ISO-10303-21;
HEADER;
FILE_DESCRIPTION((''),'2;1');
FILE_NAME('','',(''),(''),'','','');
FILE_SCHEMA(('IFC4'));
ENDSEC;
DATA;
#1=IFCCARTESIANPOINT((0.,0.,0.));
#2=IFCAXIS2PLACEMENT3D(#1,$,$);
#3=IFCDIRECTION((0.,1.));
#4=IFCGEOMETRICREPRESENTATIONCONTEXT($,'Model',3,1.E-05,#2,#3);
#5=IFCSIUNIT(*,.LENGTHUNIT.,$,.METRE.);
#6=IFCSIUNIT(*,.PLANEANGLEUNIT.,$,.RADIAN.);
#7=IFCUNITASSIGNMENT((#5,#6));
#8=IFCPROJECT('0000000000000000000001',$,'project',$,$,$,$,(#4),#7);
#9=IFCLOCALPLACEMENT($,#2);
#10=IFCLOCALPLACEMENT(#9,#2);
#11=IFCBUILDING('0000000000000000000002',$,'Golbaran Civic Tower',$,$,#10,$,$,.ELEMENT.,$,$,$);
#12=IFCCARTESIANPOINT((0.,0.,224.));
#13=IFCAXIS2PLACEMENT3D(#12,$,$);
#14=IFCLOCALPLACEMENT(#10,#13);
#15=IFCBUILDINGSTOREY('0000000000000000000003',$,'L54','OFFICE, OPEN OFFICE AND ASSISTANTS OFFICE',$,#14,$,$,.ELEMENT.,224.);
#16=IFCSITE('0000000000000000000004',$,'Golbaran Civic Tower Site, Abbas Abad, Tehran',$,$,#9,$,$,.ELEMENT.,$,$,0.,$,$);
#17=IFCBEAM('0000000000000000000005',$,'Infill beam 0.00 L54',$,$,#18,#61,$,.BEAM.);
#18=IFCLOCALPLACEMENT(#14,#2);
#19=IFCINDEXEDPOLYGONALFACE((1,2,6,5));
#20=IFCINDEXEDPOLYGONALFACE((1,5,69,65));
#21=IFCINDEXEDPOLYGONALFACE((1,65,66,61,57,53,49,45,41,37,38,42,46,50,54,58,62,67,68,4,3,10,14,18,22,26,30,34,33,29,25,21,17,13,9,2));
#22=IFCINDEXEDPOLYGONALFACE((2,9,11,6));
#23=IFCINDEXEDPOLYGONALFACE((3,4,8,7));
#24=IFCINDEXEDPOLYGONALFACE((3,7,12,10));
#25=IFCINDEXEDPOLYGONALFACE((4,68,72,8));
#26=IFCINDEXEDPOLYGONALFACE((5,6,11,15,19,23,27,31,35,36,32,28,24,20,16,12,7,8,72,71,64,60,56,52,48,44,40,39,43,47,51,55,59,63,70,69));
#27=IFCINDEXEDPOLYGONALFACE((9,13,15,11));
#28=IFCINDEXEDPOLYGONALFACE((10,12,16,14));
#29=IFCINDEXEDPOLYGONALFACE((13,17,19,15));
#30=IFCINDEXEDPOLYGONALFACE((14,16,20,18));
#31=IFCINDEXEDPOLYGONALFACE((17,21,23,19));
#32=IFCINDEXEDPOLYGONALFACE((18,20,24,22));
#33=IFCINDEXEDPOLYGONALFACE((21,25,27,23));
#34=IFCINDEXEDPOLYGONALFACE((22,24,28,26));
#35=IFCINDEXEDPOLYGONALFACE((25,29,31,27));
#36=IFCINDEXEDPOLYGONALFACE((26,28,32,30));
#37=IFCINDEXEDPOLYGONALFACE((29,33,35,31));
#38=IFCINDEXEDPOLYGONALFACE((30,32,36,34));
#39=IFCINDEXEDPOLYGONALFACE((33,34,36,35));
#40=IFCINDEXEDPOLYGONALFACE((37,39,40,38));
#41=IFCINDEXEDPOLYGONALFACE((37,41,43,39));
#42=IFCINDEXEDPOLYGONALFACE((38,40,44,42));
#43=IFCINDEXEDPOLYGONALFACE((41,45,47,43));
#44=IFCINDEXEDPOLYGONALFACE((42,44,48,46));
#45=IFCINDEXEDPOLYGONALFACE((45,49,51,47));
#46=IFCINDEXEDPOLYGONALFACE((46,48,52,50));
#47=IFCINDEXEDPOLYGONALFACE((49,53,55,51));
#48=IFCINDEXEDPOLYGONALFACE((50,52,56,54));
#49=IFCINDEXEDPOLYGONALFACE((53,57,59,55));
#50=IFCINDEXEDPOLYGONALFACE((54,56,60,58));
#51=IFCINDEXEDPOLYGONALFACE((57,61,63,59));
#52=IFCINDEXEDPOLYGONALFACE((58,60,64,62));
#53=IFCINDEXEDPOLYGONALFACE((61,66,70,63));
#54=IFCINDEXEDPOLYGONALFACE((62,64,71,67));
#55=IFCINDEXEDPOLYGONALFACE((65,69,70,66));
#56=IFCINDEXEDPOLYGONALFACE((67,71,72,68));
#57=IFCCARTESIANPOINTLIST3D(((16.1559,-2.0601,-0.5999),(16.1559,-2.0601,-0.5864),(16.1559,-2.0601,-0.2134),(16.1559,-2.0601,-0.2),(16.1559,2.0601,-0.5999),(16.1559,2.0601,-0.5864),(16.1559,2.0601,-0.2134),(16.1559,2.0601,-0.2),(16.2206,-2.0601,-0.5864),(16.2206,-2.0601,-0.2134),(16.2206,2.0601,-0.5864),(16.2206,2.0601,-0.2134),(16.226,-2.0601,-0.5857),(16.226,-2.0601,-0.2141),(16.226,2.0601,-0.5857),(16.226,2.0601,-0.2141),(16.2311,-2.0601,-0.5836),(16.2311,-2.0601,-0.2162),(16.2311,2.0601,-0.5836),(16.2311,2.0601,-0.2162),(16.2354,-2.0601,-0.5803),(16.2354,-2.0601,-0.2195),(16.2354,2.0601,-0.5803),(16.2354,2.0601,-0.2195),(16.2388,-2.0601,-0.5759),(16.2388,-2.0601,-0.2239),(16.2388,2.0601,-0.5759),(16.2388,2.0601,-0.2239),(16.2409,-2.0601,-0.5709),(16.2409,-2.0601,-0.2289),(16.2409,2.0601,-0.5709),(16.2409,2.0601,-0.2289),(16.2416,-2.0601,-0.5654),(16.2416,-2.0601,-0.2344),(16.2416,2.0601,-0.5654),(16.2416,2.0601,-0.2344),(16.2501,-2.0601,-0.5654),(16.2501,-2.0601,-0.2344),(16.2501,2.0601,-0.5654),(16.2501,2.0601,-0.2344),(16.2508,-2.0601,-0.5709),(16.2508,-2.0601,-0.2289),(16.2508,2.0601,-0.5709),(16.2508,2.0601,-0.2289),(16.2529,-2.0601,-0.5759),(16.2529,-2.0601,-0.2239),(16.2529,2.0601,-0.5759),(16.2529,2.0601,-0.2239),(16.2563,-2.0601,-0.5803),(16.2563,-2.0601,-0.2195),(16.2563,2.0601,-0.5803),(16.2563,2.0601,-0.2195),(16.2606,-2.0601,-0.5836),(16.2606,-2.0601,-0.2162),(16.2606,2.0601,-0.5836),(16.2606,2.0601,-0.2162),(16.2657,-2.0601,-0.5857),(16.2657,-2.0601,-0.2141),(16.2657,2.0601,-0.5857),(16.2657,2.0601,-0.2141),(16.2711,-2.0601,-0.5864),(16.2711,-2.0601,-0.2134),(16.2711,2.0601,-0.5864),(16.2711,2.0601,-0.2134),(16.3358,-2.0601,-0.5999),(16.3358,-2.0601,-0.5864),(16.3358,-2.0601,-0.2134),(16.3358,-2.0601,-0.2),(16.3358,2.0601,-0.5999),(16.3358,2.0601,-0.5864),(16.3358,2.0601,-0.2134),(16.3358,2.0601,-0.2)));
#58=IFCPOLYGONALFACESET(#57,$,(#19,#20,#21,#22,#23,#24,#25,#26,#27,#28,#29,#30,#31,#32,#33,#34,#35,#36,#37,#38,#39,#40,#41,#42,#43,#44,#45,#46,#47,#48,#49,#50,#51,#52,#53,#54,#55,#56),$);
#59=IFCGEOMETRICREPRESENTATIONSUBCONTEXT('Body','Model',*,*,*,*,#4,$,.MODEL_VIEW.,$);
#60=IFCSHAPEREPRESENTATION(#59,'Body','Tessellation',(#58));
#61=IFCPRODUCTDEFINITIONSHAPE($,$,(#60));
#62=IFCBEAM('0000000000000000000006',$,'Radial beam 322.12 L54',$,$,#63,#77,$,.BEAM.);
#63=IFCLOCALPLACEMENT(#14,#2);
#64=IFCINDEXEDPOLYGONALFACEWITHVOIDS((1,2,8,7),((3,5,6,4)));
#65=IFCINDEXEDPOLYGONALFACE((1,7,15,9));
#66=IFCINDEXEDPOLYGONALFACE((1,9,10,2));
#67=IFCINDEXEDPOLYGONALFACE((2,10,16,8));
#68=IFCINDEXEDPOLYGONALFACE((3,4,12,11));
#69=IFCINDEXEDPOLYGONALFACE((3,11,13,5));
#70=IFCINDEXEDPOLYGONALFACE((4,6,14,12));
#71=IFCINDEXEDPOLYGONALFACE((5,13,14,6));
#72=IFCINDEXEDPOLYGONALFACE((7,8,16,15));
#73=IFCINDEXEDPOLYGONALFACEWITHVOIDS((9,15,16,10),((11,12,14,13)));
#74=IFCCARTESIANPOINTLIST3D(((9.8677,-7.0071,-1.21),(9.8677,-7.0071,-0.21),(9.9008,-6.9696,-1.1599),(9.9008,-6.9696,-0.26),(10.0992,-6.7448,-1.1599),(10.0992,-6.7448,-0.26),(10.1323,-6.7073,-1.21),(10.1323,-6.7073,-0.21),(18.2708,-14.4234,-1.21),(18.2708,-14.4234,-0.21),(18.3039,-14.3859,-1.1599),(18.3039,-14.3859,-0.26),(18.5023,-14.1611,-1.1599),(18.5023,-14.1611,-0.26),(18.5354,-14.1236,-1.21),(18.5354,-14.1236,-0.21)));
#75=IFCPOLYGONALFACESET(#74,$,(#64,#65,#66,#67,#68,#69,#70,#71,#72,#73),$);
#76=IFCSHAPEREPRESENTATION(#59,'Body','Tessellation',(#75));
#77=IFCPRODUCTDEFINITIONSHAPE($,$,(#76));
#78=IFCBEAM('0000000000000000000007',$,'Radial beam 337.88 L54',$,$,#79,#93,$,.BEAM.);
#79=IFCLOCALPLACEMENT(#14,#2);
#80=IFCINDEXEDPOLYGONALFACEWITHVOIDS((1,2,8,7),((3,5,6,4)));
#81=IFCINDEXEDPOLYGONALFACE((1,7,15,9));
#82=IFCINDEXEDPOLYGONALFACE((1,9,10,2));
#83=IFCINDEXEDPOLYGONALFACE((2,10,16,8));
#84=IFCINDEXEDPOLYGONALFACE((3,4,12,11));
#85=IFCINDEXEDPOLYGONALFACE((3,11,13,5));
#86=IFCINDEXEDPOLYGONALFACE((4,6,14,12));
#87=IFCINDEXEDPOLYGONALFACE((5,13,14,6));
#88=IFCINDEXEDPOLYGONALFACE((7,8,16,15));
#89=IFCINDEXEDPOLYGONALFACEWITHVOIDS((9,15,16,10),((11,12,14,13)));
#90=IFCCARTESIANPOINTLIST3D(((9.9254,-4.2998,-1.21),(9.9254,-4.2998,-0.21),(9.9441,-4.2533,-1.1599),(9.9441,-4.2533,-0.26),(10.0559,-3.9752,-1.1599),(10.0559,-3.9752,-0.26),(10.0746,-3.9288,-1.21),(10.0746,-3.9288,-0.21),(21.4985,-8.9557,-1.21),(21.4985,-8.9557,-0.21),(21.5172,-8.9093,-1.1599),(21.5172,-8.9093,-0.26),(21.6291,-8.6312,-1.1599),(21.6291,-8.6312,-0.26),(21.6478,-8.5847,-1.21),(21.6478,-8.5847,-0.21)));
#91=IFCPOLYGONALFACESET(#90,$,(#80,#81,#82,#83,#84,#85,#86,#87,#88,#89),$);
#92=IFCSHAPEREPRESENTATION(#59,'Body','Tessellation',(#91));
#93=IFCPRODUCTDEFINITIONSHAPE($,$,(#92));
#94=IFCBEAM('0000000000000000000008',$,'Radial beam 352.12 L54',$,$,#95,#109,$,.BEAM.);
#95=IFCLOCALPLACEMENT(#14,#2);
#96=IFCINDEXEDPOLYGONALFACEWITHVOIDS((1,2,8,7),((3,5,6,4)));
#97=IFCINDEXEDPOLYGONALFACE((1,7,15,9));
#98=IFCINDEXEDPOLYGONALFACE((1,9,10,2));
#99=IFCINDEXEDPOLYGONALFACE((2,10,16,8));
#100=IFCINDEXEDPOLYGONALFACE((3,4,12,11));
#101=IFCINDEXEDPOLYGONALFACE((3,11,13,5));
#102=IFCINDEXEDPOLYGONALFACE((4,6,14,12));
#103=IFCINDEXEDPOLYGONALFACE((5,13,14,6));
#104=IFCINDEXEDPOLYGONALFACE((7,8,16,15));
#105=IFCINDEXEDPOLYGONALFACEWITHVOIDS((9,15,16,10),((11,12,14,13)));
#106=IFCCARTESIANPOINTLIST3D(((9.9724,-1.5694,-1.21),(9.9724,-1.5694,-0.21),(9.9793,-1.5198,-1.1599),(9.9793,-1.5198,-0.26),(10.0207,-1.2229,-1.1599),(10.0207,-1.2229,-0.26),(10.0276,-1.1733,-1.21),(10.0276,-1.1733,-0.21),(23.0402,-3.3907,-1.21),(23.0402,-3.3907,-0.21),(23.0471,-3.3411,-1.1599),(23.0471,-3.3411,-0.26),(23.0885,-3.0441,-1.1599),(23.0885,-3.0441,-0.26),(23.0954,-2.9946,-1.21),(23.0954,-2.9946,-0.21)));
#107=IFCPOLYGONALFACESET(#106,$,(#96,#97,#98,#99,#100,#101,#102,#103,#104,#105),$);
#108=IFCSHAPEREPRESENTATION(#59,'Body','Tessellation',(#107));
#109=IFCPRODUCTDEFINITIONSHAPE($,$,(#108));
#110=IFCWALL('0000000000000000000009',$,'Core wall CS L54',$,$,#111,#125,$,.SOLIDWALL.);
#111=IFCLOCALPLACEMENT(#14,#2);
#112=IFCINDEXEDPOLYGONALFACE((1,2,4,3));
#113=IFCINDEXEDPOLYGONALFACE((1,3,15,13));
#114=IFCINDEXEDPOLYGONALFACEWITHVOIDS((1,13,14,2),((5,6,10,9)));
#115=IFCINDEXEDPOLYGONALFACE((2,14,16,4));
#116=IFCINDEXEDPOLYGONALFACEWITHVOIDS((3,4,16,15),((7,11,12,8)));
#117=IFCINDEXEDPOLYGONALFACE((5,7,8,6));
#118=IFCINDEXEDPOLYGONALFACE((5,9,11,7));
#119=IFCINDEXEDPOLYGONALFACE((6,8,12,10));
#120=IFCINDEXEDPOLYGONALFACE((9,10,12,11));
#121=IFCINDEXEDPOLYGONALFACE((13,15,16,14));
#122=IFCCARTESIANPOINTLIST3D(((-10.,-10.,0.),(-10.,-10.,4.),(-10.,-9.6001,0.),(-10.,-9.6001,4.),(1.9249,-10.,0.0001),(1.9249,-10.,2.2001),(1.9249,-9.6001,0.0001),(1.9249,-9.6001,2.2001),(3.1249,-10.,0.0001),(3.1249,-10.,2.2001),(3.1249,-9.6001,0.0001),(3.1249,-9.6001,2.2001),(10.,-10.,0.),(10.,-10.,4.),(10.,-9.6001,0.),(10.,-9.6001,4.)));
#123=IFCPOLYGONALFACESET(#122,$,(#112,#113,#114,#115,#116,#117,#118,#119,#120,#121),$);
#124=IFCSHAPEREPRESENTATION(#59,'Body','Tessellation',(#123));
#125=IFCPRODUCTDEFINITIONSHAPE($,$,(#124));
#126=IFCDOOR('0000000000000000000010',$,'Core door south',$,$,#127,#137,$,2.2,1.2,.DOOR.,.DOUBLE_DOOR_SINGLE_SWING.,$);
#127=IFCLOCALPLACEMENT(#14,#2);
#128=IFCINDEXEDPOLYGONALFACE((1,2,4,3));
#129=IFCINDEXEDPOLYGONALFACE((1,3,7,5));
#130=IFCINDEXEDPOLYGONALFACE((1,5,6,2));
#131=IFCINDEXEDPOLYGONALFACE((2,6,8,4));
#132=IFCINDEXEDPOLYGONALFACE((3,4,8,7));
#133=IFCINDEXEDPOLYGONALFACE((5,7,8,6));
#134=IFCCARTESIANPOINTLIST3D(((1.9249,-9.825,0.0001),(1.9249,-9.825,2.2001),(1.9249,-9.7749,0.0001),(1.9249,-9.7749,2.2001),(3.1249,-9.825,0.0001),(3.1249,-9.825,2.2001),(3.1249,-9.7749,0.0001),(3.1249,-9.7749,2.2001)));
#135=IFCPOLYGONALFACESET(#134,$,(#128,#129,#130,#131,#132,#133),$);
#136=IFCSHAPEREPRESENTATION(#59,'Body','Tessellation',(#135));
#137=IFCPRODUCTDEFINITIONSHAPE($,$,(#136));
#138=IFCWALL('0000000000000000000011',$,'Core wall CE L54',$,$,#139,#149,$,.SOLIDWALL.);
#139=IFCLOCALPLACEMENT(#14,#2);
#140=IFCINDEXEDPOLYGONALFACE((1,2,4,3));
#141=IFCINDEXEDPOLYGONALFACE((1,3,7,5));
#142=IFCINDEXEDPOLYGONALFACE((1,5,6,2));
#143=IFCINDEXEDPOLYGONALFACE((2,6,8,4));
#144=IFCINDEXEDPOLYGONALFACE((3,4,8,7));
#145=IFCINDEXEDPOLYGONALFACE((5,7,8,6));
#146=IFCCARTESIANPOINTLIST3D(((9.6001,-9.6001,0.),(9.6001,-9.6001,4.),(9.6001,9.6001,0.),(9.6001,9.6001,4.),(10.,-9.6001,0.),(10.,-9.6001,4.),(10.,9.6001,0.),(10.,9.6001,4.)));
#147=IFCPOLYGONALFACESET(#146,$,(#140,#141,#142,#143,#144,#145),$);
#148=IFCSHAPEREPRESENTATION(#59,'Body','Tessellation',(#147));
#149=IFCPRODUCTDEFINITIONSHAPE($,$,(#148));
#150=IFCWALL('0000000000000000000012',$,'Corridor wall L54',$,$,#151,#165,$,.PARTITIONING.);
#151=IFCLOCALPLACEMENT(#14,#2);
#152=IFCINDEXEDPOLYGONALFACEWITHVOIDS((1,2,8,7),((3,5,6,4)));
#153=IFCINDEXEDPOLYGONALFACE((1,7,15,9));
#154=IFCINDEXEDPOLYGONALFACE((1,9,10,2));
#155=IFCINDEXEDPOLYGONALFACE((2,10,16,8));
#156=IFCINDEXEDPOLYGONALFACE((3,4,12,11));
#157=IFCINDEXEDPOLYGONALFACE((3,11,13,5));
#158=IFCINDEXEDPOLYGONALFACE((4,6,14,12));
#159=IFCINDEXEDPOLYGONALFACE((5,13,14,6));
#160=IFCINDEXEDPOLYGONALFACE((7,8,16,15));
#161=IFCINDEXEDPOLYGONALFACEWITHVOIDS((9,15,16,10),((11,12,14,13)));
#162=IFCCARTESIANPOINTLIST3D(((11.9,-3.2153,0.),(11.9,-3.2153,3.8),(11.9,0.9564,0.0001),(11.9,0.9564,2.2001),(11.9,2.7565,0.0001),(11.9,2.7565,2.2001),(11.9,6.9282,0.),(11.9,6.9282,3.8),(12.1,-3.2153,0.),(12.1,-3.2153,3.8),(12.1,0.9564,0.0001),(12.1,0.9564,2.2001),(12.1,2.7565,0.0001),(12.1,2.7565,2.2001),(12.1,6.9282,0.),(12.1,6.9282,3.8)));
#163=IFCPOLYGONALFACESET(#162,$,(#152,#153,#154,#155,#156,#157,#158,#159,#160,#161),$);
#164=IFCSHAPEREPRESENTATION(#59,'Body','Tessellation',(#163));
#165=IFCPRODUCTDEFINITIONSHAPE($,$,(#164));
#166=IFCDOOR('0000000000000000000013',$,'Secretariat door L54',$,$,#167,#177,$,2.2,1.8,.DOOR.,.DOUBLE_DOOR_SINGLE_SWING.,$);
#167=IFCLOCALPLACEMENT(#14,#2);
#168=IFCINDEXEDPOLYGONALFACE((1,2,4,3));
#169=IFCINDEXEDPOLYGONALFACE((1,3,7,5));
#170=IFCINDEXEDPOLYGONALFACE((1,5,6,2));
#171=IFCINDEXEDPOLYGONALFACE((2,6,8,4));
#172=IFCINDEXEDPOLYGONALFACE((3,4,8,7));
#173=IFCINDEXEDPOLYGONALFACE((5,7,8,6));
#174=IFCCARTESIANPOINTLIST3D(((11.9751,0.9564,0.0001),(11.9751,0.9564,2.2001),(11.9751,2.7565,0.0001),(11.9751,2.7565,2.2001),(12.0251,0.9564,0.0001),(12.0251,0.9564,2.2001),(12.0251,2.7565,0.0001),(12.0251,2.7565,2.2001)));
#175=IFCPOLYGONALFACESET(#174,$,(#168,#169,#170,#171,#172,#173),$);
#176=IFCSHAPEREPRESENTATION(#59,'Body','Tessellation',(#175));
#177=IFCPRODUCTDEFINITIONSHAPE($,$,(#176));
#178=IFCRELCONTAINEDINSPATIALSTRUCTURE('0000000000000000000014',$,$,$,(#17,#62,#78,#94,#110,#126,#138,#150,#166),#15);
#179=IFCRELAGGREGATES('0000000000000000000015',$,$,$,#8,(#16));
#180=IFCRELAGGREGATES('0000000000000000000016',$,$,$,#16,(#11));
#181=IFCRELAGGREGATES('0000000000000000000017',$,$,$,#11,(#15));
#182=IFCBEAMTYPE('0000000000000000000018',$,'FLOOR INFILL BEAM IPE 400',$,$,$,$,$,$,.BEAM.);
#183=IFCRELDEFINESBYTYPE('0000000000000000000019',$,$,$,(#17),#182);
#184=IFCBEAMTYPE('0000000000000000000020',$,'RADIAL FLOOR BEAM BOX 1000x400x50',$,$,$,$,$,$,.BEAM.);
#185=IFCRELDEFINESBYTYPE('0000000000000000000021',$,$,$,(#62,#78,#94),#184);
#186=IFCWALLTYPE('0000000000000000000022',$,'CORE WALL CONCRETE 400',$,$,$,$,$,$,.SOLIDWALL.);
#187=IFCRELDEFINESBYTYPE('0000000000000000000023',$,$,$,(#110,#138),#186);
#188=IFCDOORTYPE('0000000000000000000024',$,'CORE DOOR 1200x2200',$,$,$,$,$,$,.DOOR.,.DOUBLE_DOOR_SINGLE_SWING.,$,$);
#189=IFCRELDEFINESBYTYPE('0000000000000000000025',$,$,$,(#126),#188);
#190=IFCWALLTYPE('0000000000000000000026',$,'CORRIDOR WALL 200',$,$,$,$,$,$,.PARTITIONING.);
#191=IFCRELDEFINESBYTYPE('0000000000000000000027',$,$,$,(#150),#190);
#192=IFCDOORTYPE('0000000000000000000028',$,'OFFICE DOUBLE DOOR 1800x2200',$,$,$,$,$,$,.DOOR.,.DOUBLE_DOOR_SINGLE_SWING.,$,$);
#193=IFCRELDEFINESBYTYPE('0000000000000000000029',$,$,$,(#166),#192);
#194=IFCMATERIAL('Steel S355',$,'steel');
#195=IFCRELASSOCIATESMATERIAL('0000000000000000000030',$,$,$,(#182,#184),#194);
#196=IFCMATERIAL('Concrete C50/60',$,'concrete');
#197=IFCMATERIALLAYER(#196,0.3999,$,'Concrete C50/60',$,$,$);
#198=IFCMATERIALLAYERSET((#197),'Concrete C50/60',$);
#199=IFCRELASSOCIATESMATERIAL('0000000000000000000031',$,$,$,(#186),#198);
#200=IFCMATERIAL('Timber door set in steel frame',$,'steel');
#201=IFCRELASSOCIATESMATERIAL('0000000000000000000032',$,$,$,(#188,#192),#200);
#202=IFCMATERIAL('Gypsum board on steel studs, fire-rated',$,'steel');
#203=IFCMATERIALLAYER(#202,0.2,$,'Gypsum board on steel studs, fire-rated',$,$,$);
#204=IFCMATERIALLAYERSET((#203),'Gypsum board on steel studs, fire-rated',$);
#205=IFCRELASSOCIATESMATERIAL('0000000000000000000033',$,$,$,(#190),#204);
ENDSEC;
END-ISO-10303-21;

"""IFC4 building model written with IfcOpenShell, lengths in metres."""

from ifc_helpers import new_model, si_unit, direction, frame, frame_2d, origin, origin_2d, place, context, subcontext, project, spatial, rectangle, hollow_rectangle, i_section, extrude, material, layer, layer_set, material_profile, profile_set, type_object, element, fill, save


model = new_model("IFC4")

# Units and contexts
model_context = context("Model", 3, precision=1e-05, world=origin(), true_north=direction((0.0, 1.0)))
body_context = subcontext(model_context, "Body", "Model", "MODEL_VIEW")
ifc_project = project(units=[si_unit("LENGTHUNIT", "METRE"), si_unit("PLANEANGLEUNIT", "RADIAN")], contexts=[model_context])

# Site, building, storey
site_placement = place(None, origin())
site = spatial("IfcSite", under=ifc_project, at=site_placement, Name="Golbaran Civic Tower Site, Abbas Abad, Tehran", CompositionType="ELEMENT", RefElevation=0.0)
building_placement = place(site_placement, origin())
building = spatial("IfcBuilding", under=site, at=building_placement, Name="Golbaran Civic Tower", CompositionType="ELEMENT")
storey_placement = place(building_placement, frame((0.0, 0.0, 224.0)))
storey = spatial("IfcBuildingStorey", under=building, at=storey_placement, Name="L54", Description="OFFICE, OPEN OFFICE AND ASSISTANTS OFFICE", CompositionType="ELEMENT", Elevation=224.0)

# Beams
ifc_material_1 = material(Name="Steel S355", Category="steel")
ifc_material_profile_1 = material_profile(ifc_material_1, i_section(OverallWidth=0.1799, OverallDepth=0.3999, WebThickness=0.0085, FlangeThickness=0.0134, FilletRadius=0.021, at=origin_2d()), Name="IPE 400")
ifc_profile_set_1 = profile_set([ifc_material_profile_1], Name="Steel S355")
beam_type_1 = type_object("IfcBeamType", Name="FLOOR INFILL BEAM IPE 400", PredefinedType="BEAM", material=ifc_profile_set_1)
beam_1_placement = place(storey_placement, frame((16.2458, -2.0601, -0.3999), z_axis=(0.0, 1.0, 0.0), x_axis=(-1.0, 0.0, 0.0)))
element("IfcBeam", 1, at=beam_1_placement, inside=storey, type_object=beam_type_1, Name="Infill beam 0.00 L54", PredefinedType="BEAM", context=body_context, shape_type="SweptSolid", body=[
    extrude(i_section(OverallWidth=0.1799, OverallDepth=0.3999, WebThickness=0.0085, FlangeThickness=0.0134, FilletRadius=0.021, at=origin_2d()), origin(), (0.0, 0.0, 1.0), 4.1201),
])
ifc_material_profile_2 = material_profile(ifc_material_1, hollow_rectangle(XDim=0.3999, YDim=1.0, WallThickness=0.05, at=origin_2d()), Name="BOX 1000x400x50")
ifc_profile_set_2 = profile_set([ifc_material_profile_2], Name="Steel S355")
beam_type_2 = type_object("IfcBeamType", Name="RADIAL FLOOR BEAM BOX 1000x400x50", PredefinedType="BEAM", material=ifc_profile_set_2)
beam_2_placement = place(storey_placement, frame((10.0, -6.8572, -0.71), z_axis=(0.749759, -0.661711, 0.0), x_axis=(0.661711, 0.749759, 0.0)))
element("IfcBeam", 2, at=beam_2_placement, inside=storey, type_object=beam_type_2, Name="Radial beam 322.12 L54", PredefinedType="BEAM", context=body_context, shape_type="SweptSolid", body=[
    extrude(hollow_rectangle(XDim=0.3999, YDim=1.0, WallThickness=0.05, at=origin_2d()), origin(), (0.0, 0.0, 1.0), 11.2078),
])
beam_3_placement = place(storey_placement, frame((10.0, -4.1143, -0.71), z_axis=(0.927737, -0.373236, 0.0), x_axis=(0.373236, 0.927737, 0.0)))
element("IfcBeam", 3, at=beam_3_placement, inside=storey, type_object=beam_type_2, Name="Radial beam 337.88 L54", PredefinedType="BEAM", context=body_context, shape_type="SweptSolid", body=[
    extrude(hollow_rectangle(XDim=0.3999, YDim=1.0, WallThickness=0.05, at=origin_2d()), origin(), (0.0, 0.0, 1.0), 12.4746),
])
beam_4_placement = place(storey_placement, frame((10.0, -1.3713, -0.71), z_axis=(0.990427, -0.138037, 0.0), x_axis=(0.138037, 0.990427, 0.0)))
element("IfcBeam", 4, at=beam_4_placement, inside=storey, type_object=beam_type_2, Name="Radial beam 352.12 L54", PredefinedType="BEAM", context=body_context, shape_type="SweptSolid", body=[
    extrude(hollow_rectangle(XDim=0.3999, YDim=1.0, WallThickness=0.05, at=origin_2d()), origin(), (0.0, 0.0, 1.0), 13.1941),
])

# Wall, opening, door
ifc_material_2 = material(Name="Concrete C50/60", Category="concrete")
ifc_layer_1 = layer(ifc_material_2, 0.3999, Name="Concrete C50/60")
ifc_layer_set_1 = layer_set([ifc_layer_1], Name="Concrete C50/60")
wall_type_1 = type_object("IfcWallType", Name="CORE WALL CONCRETE 400", PredefinedType="SOLIDWALL", material=ifc_layer_set_1)
wall_1_placement = place(storey_placement, frame((10.0, -9.8, 0.0), z_axis=(0.0, 0.0, 1.0), x_axis=(-1.0, 0.0, 0.0)))
wall_1 = element("IfcWall", 5, at=wall_1_placement, inside=storey, type_object=wall_type_1, Name="Core wall CS L54", PredefinedType="SOLIDWALL", context=body_context, shape_type="SweptSolid", body=[
    extrude(rectangle(XDim=20.0, YDim=0.3999, at=frame_2d((10.0, 0.0))), origin(), (0.0, 0.0, 1.0), 4.0),
])
opening_1_placement = place(wall_1_placement, frame((6.875, 0.0, 0.0)))
opening_1 = element("IfcOpeningElement", 6, at=opening_1_placement, cuts=wall_1, PredefinedType="OPENING", context=body_context, shape_type="SweptSolid", body=[
    extrude(rectangle(XDim=1.2, YDim=2.2, at=frame_2d((0.6001, 1.1001))), frame((0.0, 0.21, 0.0), z_axis=(0.0, -1.0, 0.0), x_axis=(1.0, 0.0, 0.0)), (0.0, 0.0, 1.0), 0.4199),
])
ifc_material_3 = material(Name="Timber door set in steel frame", Category="steel")
door_type_1 = type_object("IfcDoorType", Name="CORE DOOR 1200x2200", OperationType="DOUBLE_DOOR_SINGLE_SWING", PredefinedType="DOOR", material=ifc_material_3)
door_1_placement = place(opening_1_placement, origin())
door_1 = element("IfcDoor", 7, at=door_1_placement, inside=storey, type_object=door_type_1, Name="Core door south", OperationType="DOUBLE_DOOR_SINGLE_SWING", OverallHeight=2.2, OverallWidth=1.2, PredefinedType="DOOR", context=body_context, shape_type="SweptSolid", body=[
    extrude(rectangle(XDim=1.2, YDim=2.2, at=frame_2d((0.6001, 1.1001))), frame((0.0, 0.0249, 0.0), z_axis=(0.0, -1.0, 0.0), x_axis=(1.0, 0.0, 0.0)), (0.0, 0.0, 1.0), 0.05),
])
fill(opening_1, door_1)

# Wall
wall_2_placement = place(storey_placement, frame((9.8, -9.6001, 0.0), z_axis=(0.0, 0.0, 1.0), x_axis=(0.0, 1.0, 0.0)))
element("IfcWall", 8, at=wall_2_placement, inside=storey, type_object=wall_type_1, Name="Core wall CE L54", PredefinedType="SOLIDWALL", context=body_context, shape_type="SweptSolid", body=[
    extrude(rectangle(XDim=19.2002, YDim=0.3999, at=frame_2d((9.6001, 0.0))), origin(), (0.0, 0.0, 1.0), 4.0),
])

# Wall, opening, door
ifc_material_4 = material(Name="Gypsum board on steel studs, fire-rated", Category="steel")
ifc_layer_2 = layer(ifc_material_4, 0.2, Name="Gypsum board on steel studs, fire-rated")
ifc_layer_set_2 = layer_set([ifc_layer_2], Name="Gypsum board on steel studs, fire-rated")
wall_type_2 = type_object("IfcWallType", Name="CORRIDOR WALL 200", PredefinedType="PARTITIONING", material=ifc_layer_set_2)
wall_3_placement = place(storey_placement, frame((12.0, -3.2153, 0.0), z_axis=(0.0, 0.0, 1.0), x_axis=(0.0, 1.0, 0.0)))
wall_3 = element("IfcWall", 9, at=wall_3_placement, inside=storey, type_object=wall_type_2, Name="Corridor wall L54", PredefinedType="PARTITIONING", context=body_context, shape_type="SweptSolid", body=[
    extrude(rectangle(XDim=10.1436, YDim=0.2, at=frame_2d((5.0718, 0.0))), origin(), (0.0, 0.0, 1.0), 3.8),
])
opening_2_placement = place(wall_3_placement, frame((4.1719, 0.0, 0.0)))
opening_2 = element("IfcOpeningElement", 10, at=opening_2_placement, cuts=wall_3, PredefinedType="OPENING", context=body_context, shape_type="SweptSolid", body=[
    extrude(rectangle(XDim=1.8, YDim=2.2, at=frame_2d((0.8999, 1.1001))), frame((0.0, 0.1099, 0.0), z_axis=(0.0, -1.0, 0.0), x_axis=(1.0, 0.0, 0.0)), (0.0, 0.0, 1.0), 0.22),
])
door_type_2 = type_object("IfcDoorType", Name="OFFICE DOUBLE DOOR 1800x2200", OperationType="DOUBLE_DOOR_SINGLE_SWING", PredefinedType="DOOR", material=ifc_material_3)
door_2_placement = place(opening_2_placement, origin())
door_2 = element("IfcDoor", 11, at=door_2_placement, inside=storey, type_object=door_type_2, Name="Secretariat door L54", OperationType="DOUBLE_DOOR_SINGLE_SWING", OverallHeight=2.2, OverallWidth=1.8, PredefinedType="DOOR", context=body_context, shape_type="SweptSolid", body=[
    extrude(rectangle(XDim=1.8, YDim=2.2, at=frame_2d((0.8999, 1.1001))), frame((0.0, 0.0249, 0.0), z_axis=(0.0, -1.0, 0.0), x_axis=(1.0, 0.0, 0.0)), (0.0, 0.0, 1.0), 0.05),
])
fill(opening_2, door_2)

save(model, "model.ifc")
